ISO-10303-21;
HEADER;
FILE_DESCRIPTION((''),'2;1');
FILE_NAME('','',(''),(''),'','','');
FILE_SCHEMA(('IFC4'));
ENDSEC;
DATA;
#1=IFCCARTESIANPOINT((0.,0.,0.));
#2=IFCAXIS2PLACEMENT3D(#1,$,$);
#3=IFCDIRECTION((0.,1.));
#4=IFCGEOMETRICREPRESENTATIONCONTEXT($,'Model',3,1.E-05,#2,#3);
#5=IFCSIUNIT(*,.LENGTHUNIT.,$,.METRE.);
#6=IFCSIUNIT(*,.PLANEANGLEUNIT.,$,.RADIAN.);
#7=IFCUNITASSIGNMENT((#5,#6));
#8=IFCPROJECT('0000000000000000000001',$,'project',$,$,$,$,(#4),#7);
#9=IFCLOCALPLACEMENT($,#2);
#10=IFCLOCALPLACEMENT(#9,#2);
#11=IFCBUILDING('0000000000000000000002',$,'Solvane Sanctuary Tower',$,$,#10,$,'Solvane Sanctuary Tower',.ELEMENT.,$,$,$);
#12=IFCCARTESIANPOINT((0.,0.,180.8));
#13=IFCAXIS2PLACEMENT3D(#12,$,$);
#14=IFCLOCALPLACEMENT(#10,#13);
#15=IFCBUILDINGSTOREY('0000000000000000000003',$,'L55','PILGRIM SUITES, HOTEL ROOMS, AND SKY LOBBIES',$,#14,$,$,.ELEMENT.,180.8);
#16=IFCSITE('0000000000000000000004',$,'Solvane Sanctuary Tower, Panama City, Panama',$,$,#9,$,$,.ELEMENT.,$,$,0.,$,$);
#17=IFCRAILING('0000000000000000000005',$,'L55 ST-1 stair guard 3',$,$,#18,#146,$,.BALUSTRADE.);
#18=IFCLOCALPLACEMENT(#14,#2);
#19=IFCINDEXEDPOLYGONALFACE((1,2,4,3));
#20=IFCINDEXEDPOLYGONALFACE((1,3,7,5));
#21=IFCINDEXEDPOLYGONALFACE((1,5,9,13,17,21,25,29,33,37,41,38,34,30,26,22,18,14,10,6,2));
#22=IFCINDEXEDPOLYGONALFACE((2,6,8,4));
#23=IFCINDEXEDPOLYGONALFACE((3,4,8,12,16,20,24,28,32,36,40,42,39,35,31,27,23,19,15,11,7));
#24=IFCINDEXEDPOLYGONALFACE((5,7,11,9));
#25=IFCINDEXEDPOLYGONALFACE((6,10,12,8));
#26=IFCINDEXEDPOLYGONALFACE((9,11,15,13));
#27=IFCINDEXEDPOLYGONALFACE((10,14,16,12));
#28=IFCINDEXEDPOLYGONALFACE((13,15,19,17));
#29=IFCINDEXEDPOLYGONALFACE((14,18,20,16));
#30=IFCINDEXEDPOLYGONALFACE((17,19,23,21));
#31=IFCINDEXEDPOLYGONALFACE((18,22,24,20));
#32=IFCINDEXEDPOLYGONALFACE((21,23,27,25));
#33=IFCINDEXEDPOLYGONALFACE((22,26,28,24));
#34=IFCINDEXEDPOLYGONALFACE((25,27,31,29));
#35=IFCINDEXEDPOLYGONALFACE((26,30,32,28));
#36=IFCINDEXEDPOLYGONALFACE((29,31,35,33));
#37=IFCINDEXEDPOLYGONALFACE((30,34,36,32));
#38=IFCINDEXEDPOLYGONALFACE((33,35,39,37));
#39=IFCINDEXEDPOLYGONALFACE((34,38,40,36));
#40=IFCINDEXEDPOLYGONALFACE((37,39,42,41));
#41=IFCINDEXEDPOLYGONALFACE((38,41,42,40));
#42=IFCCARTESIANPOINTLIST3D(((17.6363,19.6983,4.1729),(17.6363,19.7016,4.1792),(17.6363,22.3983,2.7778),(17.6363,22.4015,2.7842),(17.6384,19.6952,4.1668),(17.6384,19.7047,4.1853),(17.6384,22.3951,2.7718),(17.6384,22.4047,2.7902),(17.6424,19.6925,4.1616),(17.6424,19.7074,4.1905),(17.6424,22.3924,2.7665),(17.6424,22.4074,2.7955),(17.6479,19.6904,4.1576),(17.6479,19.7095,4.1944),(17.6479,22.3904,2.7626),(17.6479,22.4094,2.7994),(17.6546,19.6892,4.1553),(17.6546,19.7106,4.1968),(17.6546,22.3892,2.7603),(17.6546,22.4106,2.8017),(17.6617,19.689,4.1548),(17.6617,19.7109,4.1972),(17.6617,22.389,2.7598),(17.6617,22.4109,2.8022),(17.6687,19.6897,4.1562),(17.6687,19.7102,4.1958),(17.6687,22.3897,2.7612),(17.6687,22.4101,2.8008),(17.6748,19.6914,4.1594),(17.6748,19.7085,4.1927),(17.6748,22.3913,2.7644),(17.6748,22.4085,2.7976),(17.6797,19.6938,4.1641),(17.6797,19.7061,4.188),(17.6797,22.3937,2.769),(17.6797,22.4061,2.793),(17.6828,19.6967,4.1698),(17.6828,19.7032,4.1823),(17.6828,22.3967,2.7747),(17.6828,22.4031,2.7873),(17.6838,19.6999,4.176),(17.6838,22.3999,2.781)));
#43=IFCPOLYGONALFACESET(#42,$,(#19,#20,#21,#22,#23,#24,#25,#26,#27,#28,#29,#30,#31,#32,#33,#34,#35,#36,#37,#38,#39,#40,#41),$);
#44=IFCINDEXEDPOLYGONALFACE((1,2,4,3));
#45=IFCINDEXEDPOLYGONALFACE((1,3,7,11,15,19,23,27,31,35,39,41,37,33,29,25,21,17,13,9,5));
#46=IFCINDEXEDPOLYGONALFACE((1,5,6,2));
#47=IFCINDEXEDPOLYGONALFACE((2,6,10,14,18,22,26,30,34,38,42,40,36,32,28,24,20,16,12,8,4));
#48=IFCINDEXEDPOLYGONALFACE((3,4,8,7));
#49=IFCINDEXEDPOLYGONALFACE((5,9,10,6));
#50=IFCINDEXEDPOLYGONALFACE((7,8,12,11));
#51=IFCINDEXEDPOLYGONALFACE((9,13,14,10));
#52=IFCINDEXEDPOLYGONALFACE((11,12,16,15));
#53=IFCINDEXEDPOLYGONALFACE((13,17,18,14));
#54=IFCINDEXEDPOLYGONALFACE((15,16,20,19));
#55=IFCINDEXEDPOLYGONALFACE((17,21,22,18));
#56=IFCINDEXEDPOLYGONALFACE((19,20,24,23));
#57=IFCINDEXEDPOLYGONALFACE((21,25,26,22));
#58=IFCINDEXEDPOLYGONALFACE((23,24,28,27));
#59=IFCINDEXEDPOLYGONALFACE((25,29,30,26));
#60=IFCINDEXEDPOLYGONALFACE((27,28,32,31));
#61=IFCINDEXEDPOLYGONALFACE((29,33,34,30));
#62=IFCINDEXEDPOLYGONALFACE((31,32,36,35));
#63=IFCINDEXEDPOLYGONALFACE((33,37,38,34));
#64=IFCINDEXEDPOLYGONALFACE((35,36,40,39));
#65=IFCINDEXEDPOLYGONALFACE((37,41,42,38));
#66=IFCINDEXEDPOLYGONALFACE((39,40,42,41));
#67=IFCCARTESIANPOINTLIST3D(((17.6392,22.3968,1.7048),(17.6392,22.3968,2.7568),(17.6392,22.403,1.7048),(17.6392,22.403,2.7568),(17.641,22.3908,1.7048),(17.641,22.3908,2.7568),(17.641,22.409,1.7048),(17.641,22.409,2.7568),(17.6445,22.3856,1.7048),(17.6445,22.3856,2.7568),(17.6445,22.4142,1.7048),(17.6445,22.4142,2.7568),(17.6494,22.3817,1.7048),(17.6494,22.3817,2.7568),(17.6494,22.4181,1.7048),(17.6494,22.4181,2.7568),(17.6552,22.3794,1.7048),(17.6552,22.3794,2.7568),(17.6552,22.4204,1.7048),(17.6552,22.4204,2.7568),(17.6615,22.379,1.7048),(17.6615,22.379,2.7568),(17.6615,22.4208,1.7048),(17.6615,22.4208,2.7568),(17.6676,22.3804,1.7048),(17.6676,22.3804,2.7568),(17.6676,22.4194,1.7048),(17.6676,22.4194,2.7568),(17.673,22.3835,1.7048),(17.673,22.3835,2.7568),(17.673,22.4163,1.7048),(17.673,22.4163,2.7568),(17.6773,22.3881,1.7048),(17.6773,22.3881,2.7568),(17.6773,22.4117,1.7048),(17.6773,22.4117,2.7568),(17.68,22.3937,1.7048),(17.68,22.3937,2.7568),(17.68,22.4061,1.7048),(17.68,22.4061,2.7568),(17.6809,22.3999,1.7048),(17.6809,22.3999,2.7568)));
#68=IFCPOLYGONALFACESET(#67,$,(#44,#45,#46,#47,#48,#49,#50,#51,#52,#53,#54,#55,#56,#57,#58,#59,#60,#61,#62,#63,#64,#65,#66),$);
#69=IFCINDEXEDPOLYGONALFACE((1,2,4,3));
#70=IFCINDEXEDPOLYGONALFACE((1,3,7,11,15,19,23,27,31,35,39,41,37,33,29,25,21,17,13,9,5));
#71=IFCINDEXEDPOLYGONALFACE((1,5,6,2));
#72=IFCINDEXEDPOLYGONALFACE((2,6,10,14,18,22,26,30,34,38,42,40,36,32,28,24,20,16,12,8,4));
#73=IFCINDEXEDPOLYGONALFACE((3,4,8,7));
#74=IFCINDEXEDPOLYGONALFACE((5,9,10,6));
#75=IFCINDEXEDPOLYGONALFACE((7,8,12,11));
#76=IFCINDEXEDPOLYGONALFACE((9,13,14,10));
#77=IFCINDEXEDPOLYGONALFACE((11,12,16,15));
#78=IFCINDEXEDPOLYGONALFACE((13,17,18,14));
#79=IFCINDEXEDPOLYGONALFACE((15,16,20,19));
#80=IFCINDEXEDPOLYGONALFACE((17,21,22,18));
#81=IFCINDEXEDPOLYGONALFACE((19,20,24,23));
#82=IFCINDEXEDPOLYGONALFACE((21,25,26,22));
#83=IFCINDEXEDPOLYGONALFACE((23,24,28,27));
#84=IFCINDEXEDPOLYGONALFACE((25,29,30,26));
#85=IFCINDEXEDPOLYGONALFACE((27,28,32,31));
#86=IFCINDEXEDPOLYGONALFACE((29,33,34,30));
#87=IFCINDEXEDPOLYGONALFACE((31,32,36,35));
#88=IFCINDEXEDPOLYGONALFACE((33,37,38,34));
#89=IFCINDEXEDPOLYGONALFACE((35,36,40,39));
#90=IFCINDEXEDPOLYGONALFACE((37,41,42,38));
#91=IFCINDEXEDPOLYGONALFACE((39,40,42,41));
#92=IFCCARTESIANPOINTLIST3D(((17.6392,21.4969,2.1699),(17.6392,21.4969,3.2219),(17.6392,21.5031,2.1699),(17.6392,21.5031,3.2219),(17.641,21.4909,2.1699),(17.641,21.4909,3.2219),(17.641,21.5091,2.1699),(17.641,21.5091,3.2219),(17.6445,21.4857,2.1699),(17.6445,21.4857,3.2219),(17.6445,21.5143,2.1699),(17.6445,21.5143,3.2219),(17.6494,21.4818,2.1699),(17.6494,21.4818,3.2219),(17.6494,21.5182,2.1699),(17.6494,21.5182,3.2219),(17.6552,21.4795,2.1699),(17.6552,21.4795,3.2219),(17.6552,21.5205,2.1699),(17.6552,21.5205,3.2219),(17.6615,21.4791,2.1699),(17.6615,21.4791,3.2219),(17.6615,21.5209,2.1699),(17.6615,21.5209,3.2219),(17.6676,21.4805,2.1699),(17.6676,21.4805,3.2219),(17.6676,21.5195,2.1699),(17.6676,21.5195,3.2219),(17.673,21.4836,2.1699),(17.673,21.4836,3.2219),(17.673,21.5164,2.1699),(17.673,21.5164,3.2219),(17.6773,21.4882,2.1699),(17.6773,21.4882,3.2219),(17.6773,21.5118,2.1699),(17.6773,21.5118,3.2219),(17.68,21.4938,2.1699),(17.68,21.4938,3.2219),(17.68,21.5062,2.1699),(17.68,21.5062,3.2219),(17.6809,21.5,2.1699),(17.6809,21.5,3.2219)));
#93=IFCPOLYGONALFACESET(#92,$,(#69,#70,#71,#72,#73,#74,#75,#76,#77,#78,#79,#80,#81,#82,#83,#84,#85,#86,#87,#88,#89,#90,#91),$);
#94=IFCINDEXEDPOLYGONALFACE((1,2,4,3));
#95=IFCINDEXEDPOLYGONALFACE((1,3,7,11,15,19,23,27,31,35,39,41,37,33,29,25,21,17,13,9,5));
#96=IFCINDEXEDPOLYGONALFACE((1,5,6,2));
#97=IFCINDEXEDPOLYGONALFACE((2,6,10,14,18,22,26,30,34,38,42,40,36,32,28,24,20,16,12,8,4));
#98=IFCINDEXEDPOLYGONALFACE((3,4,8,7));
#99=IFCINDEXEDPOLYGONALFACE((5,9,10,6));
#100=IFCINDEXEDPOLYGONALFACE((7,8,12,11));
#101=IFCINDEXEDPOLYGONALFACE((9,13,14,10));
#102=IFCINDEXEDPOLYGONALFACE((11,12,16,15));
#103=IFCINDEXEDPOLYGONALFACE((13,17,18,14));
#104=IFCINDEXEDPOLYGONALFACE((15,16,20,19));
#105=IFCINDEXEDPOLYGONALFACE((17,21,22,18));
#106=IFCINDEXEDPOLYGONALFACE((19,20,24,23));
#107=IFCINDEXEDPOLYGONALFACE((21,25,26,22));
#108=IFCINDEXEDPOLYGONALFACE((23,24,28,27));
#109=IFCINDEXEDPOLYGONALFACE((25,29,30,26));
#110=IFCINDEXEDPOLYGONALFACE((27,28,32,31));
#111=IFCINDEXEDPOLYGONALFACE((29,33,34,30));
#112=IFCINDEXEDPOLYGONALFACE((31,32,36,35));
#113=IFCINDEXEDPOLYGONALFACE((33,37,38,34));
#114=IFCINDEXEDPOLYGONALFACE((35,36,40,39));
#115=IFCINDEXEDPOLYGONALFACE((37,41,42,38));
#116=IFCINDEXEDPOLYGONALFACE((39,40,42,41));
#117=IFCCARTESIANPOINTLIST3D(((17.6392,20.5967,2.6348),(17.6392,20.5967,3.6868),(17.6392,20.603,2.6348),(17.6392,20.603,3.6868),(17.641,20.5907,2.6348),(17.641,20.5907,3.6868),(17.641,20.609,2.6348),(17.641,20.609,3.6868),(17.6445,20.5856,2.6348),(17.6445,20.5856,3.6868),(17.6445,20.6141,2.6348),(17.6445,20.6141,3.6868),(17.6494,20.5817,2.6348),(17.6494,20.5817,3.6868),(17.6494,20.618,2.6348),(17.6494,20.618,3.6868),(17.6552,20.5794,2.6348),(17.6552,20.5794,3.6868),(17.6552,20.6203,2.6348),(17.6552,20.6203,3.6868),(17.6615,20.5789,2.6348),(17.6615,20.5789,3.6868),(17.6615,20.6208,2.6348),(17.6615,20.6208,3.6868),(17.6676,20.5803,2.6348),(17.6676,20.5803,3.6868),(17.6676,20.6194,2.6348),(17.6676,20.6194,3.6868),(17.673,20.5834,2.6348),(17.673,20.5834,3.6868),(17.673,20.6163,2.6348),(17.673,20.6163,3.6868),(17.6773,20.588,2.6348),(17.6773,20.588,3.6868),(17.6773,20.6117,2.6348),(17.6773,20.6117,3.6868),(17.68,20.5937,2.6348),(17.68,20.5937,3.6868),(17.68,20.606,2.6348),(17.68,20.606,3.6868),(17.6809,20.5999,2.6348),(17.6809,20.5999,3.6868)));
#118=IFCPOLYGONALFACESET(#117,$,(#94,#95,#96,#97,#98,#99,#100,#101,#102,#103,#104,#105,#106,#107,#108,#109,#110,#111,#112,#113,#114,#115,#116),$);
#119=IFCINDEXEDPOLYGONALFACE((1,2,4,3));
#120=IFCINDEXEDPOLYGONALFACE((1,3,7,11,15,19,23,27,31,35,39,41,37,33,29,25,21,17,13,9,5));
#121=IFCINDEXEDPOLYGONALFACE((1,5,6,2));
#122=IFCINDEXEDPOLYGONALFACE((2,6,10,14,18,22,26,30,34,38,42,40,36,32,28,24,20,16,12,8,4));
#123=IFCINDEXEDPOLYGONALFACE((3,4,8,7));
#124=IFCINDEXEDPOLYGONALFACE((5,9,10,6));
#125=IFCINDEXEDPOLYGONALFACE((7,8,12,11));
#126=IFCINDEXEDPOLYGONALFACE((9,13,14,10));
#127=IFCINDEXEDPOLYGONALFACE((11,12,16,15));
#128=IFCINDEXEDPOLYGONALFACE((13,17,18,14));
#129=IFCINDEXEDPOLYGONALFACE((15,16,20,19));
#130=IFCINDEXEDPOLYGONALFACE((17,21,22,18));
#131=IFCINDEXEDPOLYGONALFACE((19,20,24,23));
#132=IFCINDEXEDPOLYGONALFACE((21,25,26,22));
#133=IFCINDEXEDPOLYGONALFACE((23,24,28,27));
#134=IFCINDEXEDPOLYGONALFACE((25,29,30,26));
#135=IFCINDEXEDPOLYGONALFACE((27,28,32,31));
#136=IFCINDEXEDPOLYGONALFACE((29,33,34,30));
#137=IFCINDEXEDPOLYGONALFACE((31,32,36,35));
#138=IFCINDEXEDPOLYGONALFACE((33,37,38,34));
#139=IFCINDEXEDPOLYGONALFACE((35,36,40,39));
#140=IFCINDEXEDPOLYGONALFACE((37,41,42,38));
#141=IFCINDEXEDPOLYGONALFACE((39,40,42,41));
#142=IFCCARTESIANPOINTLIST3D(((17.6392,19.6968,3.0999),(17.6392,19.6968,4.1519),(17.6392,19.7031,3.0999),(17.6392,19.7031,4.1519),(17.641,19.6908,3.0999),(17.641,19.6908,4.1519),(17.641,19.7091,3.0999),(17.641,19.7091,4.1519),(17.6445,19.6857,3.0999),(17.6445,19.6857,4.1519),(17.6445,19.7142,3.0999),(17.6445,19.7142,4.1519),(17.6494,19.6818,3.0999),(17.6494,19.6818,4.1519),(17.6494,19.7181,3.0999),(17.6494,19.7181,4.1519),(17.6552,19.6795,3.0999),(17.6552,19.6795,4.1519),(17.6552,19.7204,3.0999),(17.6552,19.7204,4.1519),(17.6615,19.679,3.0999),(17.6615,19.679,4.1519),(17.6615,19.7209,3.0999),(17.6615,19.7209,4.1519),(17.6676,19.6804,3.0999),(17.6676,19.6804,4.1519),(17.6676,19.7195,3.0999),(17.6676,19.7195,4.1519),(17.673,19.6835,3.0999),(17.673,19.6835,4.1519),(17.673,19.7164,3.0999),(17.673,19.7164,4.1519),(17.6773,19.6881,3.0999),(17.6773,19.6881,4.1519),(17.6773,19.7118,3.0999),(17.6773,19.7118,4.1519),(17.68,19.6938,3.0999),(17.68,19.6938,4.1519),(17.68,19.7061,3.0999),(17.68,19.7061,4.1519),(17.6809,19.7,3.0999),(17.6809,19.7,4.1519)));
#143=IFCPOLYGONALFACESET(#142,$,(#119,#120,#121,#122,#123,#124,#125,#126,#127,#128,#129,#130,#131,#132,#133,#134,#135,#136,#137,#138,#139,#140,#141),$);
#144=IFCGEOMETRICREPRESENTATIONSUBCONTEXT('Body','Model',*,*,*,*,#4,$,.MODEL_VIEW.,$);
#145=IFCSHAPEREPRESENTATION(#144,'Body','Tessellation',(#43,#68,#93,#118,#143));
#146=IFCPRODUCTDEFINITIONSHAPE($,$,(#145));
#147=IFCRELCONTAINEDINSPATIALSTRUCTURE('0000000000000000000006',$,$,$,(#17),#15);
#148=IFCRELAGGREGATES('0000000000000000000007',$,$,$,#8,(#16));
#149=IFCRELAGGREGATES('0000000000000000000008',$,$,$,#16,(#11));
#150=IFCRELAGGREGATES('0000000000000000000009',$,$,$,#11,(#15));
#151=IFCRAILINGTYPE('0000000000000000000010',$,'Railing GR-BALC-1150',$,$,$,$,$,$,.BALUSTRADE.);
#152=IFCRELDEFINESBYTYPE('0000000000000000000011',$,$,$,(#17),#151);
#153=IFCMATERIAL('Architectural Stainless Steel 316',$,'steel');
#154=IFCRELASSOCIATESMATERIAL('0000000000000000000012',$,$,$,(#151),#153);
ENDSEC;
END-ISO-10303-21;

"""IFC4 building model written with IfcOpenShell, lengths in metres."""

from ifc_helpers import new_model, si_unit, direction, frame, origin, origin_2d, place, context, subcontext, project, spatial, circle, extrude, material, type_object, element, save


model = new_model("IFC4")

# Units and contexts
model_context = context("Model", 3, precision=1e-05, world=origin(), true_north=direction((0.0, 1.0)))
body_context = subcontext(model_context, "Body", "Model", "MODEL_VIEW")
ifc_project = project(units=[si_unit("LENGTHUNIT", "METRE"), si_unit("PLANEANGLEUNIT", "RADIAN")], contexts=[model_context])

# Site, building, storey
site_placement = place(None, origin())
site = spatial("IfcSite", under=ifc_project, at=site_placement, Name="Solvane Sanctuary Tower, Panama City, Panama", CompositionType="ELEMENT", RefElevation=0.0)
building_placement = place(site_placement, origin())
building = spatial("IfcBuilding", under=site, at=building_placement, Name="Solvane Sanctuary Tower", LongName="Solvane Sanctuary Tower", CompositionType="ELEMENT")
storey_placement = place(building_placement, frame((0.0, 0.0, 180.8)))
storey = spatial("IfcBuildingStorey", under=building, at=storey_placement, Name="L55", Description="PILGRIM SUITES, HOTEL ROOMS, AND SKY LOBBIES", CompositionType="ELEMENT", Elevation=180.8)

# Railing
ifc_material_1 = material(Name="Architectural Stainless Steel 316", Category="steel")
railing_type_1 = type_object("IfcRailingType", Name="Railing GR-BALC-1150", PredefinedType="BALUSTRADE", material=ifc_material_1)
railing_1_placement = place(storey_placement, frame((17.6599, 22.3999, 1.7048)))
element("IfcRailing", 1, at=railing_1_placement, inside=storey, type_object=railing_type_1, Name="L55 ST-1 stair guard 3", PredefinedType="BALUSTRADE", context=body_context, shape_type="SweptSolid", body=[
    extrude(circle(Radius=0.0239, at=origin_2d()), frame((0.0, 0.0, 1.0762), z_axis=(0.0, -0.88842, 0.459032), x_axis=(1.0, 0.0, 0.0)), (0.0, 0.0, 1.0), 3.0391),
    extrude(circle(Radius=0.021, at=origin_2d()), origin(), (0.0, 0.0, 1.0), 1.052),
    extrude(circle(Radius=0.021, at=origin_2d()), frame((0.0, -0.8999, 0.4651)), (0.0, 0.0, 1.0), 1.052),
    extrude(circle(Radius=0.021, at=origin_2d()), frame((0.0, -1.8, 0.9299)), (0.0, 0.0, 1.0), 1.052),
    extrude(circle(Radius=0.021, at=origin_2d()), frame((0.0, -2.7, 1.395)), (0.0, 0.0, 1.0), 1.052),
])

save(model, "model.ifc")
